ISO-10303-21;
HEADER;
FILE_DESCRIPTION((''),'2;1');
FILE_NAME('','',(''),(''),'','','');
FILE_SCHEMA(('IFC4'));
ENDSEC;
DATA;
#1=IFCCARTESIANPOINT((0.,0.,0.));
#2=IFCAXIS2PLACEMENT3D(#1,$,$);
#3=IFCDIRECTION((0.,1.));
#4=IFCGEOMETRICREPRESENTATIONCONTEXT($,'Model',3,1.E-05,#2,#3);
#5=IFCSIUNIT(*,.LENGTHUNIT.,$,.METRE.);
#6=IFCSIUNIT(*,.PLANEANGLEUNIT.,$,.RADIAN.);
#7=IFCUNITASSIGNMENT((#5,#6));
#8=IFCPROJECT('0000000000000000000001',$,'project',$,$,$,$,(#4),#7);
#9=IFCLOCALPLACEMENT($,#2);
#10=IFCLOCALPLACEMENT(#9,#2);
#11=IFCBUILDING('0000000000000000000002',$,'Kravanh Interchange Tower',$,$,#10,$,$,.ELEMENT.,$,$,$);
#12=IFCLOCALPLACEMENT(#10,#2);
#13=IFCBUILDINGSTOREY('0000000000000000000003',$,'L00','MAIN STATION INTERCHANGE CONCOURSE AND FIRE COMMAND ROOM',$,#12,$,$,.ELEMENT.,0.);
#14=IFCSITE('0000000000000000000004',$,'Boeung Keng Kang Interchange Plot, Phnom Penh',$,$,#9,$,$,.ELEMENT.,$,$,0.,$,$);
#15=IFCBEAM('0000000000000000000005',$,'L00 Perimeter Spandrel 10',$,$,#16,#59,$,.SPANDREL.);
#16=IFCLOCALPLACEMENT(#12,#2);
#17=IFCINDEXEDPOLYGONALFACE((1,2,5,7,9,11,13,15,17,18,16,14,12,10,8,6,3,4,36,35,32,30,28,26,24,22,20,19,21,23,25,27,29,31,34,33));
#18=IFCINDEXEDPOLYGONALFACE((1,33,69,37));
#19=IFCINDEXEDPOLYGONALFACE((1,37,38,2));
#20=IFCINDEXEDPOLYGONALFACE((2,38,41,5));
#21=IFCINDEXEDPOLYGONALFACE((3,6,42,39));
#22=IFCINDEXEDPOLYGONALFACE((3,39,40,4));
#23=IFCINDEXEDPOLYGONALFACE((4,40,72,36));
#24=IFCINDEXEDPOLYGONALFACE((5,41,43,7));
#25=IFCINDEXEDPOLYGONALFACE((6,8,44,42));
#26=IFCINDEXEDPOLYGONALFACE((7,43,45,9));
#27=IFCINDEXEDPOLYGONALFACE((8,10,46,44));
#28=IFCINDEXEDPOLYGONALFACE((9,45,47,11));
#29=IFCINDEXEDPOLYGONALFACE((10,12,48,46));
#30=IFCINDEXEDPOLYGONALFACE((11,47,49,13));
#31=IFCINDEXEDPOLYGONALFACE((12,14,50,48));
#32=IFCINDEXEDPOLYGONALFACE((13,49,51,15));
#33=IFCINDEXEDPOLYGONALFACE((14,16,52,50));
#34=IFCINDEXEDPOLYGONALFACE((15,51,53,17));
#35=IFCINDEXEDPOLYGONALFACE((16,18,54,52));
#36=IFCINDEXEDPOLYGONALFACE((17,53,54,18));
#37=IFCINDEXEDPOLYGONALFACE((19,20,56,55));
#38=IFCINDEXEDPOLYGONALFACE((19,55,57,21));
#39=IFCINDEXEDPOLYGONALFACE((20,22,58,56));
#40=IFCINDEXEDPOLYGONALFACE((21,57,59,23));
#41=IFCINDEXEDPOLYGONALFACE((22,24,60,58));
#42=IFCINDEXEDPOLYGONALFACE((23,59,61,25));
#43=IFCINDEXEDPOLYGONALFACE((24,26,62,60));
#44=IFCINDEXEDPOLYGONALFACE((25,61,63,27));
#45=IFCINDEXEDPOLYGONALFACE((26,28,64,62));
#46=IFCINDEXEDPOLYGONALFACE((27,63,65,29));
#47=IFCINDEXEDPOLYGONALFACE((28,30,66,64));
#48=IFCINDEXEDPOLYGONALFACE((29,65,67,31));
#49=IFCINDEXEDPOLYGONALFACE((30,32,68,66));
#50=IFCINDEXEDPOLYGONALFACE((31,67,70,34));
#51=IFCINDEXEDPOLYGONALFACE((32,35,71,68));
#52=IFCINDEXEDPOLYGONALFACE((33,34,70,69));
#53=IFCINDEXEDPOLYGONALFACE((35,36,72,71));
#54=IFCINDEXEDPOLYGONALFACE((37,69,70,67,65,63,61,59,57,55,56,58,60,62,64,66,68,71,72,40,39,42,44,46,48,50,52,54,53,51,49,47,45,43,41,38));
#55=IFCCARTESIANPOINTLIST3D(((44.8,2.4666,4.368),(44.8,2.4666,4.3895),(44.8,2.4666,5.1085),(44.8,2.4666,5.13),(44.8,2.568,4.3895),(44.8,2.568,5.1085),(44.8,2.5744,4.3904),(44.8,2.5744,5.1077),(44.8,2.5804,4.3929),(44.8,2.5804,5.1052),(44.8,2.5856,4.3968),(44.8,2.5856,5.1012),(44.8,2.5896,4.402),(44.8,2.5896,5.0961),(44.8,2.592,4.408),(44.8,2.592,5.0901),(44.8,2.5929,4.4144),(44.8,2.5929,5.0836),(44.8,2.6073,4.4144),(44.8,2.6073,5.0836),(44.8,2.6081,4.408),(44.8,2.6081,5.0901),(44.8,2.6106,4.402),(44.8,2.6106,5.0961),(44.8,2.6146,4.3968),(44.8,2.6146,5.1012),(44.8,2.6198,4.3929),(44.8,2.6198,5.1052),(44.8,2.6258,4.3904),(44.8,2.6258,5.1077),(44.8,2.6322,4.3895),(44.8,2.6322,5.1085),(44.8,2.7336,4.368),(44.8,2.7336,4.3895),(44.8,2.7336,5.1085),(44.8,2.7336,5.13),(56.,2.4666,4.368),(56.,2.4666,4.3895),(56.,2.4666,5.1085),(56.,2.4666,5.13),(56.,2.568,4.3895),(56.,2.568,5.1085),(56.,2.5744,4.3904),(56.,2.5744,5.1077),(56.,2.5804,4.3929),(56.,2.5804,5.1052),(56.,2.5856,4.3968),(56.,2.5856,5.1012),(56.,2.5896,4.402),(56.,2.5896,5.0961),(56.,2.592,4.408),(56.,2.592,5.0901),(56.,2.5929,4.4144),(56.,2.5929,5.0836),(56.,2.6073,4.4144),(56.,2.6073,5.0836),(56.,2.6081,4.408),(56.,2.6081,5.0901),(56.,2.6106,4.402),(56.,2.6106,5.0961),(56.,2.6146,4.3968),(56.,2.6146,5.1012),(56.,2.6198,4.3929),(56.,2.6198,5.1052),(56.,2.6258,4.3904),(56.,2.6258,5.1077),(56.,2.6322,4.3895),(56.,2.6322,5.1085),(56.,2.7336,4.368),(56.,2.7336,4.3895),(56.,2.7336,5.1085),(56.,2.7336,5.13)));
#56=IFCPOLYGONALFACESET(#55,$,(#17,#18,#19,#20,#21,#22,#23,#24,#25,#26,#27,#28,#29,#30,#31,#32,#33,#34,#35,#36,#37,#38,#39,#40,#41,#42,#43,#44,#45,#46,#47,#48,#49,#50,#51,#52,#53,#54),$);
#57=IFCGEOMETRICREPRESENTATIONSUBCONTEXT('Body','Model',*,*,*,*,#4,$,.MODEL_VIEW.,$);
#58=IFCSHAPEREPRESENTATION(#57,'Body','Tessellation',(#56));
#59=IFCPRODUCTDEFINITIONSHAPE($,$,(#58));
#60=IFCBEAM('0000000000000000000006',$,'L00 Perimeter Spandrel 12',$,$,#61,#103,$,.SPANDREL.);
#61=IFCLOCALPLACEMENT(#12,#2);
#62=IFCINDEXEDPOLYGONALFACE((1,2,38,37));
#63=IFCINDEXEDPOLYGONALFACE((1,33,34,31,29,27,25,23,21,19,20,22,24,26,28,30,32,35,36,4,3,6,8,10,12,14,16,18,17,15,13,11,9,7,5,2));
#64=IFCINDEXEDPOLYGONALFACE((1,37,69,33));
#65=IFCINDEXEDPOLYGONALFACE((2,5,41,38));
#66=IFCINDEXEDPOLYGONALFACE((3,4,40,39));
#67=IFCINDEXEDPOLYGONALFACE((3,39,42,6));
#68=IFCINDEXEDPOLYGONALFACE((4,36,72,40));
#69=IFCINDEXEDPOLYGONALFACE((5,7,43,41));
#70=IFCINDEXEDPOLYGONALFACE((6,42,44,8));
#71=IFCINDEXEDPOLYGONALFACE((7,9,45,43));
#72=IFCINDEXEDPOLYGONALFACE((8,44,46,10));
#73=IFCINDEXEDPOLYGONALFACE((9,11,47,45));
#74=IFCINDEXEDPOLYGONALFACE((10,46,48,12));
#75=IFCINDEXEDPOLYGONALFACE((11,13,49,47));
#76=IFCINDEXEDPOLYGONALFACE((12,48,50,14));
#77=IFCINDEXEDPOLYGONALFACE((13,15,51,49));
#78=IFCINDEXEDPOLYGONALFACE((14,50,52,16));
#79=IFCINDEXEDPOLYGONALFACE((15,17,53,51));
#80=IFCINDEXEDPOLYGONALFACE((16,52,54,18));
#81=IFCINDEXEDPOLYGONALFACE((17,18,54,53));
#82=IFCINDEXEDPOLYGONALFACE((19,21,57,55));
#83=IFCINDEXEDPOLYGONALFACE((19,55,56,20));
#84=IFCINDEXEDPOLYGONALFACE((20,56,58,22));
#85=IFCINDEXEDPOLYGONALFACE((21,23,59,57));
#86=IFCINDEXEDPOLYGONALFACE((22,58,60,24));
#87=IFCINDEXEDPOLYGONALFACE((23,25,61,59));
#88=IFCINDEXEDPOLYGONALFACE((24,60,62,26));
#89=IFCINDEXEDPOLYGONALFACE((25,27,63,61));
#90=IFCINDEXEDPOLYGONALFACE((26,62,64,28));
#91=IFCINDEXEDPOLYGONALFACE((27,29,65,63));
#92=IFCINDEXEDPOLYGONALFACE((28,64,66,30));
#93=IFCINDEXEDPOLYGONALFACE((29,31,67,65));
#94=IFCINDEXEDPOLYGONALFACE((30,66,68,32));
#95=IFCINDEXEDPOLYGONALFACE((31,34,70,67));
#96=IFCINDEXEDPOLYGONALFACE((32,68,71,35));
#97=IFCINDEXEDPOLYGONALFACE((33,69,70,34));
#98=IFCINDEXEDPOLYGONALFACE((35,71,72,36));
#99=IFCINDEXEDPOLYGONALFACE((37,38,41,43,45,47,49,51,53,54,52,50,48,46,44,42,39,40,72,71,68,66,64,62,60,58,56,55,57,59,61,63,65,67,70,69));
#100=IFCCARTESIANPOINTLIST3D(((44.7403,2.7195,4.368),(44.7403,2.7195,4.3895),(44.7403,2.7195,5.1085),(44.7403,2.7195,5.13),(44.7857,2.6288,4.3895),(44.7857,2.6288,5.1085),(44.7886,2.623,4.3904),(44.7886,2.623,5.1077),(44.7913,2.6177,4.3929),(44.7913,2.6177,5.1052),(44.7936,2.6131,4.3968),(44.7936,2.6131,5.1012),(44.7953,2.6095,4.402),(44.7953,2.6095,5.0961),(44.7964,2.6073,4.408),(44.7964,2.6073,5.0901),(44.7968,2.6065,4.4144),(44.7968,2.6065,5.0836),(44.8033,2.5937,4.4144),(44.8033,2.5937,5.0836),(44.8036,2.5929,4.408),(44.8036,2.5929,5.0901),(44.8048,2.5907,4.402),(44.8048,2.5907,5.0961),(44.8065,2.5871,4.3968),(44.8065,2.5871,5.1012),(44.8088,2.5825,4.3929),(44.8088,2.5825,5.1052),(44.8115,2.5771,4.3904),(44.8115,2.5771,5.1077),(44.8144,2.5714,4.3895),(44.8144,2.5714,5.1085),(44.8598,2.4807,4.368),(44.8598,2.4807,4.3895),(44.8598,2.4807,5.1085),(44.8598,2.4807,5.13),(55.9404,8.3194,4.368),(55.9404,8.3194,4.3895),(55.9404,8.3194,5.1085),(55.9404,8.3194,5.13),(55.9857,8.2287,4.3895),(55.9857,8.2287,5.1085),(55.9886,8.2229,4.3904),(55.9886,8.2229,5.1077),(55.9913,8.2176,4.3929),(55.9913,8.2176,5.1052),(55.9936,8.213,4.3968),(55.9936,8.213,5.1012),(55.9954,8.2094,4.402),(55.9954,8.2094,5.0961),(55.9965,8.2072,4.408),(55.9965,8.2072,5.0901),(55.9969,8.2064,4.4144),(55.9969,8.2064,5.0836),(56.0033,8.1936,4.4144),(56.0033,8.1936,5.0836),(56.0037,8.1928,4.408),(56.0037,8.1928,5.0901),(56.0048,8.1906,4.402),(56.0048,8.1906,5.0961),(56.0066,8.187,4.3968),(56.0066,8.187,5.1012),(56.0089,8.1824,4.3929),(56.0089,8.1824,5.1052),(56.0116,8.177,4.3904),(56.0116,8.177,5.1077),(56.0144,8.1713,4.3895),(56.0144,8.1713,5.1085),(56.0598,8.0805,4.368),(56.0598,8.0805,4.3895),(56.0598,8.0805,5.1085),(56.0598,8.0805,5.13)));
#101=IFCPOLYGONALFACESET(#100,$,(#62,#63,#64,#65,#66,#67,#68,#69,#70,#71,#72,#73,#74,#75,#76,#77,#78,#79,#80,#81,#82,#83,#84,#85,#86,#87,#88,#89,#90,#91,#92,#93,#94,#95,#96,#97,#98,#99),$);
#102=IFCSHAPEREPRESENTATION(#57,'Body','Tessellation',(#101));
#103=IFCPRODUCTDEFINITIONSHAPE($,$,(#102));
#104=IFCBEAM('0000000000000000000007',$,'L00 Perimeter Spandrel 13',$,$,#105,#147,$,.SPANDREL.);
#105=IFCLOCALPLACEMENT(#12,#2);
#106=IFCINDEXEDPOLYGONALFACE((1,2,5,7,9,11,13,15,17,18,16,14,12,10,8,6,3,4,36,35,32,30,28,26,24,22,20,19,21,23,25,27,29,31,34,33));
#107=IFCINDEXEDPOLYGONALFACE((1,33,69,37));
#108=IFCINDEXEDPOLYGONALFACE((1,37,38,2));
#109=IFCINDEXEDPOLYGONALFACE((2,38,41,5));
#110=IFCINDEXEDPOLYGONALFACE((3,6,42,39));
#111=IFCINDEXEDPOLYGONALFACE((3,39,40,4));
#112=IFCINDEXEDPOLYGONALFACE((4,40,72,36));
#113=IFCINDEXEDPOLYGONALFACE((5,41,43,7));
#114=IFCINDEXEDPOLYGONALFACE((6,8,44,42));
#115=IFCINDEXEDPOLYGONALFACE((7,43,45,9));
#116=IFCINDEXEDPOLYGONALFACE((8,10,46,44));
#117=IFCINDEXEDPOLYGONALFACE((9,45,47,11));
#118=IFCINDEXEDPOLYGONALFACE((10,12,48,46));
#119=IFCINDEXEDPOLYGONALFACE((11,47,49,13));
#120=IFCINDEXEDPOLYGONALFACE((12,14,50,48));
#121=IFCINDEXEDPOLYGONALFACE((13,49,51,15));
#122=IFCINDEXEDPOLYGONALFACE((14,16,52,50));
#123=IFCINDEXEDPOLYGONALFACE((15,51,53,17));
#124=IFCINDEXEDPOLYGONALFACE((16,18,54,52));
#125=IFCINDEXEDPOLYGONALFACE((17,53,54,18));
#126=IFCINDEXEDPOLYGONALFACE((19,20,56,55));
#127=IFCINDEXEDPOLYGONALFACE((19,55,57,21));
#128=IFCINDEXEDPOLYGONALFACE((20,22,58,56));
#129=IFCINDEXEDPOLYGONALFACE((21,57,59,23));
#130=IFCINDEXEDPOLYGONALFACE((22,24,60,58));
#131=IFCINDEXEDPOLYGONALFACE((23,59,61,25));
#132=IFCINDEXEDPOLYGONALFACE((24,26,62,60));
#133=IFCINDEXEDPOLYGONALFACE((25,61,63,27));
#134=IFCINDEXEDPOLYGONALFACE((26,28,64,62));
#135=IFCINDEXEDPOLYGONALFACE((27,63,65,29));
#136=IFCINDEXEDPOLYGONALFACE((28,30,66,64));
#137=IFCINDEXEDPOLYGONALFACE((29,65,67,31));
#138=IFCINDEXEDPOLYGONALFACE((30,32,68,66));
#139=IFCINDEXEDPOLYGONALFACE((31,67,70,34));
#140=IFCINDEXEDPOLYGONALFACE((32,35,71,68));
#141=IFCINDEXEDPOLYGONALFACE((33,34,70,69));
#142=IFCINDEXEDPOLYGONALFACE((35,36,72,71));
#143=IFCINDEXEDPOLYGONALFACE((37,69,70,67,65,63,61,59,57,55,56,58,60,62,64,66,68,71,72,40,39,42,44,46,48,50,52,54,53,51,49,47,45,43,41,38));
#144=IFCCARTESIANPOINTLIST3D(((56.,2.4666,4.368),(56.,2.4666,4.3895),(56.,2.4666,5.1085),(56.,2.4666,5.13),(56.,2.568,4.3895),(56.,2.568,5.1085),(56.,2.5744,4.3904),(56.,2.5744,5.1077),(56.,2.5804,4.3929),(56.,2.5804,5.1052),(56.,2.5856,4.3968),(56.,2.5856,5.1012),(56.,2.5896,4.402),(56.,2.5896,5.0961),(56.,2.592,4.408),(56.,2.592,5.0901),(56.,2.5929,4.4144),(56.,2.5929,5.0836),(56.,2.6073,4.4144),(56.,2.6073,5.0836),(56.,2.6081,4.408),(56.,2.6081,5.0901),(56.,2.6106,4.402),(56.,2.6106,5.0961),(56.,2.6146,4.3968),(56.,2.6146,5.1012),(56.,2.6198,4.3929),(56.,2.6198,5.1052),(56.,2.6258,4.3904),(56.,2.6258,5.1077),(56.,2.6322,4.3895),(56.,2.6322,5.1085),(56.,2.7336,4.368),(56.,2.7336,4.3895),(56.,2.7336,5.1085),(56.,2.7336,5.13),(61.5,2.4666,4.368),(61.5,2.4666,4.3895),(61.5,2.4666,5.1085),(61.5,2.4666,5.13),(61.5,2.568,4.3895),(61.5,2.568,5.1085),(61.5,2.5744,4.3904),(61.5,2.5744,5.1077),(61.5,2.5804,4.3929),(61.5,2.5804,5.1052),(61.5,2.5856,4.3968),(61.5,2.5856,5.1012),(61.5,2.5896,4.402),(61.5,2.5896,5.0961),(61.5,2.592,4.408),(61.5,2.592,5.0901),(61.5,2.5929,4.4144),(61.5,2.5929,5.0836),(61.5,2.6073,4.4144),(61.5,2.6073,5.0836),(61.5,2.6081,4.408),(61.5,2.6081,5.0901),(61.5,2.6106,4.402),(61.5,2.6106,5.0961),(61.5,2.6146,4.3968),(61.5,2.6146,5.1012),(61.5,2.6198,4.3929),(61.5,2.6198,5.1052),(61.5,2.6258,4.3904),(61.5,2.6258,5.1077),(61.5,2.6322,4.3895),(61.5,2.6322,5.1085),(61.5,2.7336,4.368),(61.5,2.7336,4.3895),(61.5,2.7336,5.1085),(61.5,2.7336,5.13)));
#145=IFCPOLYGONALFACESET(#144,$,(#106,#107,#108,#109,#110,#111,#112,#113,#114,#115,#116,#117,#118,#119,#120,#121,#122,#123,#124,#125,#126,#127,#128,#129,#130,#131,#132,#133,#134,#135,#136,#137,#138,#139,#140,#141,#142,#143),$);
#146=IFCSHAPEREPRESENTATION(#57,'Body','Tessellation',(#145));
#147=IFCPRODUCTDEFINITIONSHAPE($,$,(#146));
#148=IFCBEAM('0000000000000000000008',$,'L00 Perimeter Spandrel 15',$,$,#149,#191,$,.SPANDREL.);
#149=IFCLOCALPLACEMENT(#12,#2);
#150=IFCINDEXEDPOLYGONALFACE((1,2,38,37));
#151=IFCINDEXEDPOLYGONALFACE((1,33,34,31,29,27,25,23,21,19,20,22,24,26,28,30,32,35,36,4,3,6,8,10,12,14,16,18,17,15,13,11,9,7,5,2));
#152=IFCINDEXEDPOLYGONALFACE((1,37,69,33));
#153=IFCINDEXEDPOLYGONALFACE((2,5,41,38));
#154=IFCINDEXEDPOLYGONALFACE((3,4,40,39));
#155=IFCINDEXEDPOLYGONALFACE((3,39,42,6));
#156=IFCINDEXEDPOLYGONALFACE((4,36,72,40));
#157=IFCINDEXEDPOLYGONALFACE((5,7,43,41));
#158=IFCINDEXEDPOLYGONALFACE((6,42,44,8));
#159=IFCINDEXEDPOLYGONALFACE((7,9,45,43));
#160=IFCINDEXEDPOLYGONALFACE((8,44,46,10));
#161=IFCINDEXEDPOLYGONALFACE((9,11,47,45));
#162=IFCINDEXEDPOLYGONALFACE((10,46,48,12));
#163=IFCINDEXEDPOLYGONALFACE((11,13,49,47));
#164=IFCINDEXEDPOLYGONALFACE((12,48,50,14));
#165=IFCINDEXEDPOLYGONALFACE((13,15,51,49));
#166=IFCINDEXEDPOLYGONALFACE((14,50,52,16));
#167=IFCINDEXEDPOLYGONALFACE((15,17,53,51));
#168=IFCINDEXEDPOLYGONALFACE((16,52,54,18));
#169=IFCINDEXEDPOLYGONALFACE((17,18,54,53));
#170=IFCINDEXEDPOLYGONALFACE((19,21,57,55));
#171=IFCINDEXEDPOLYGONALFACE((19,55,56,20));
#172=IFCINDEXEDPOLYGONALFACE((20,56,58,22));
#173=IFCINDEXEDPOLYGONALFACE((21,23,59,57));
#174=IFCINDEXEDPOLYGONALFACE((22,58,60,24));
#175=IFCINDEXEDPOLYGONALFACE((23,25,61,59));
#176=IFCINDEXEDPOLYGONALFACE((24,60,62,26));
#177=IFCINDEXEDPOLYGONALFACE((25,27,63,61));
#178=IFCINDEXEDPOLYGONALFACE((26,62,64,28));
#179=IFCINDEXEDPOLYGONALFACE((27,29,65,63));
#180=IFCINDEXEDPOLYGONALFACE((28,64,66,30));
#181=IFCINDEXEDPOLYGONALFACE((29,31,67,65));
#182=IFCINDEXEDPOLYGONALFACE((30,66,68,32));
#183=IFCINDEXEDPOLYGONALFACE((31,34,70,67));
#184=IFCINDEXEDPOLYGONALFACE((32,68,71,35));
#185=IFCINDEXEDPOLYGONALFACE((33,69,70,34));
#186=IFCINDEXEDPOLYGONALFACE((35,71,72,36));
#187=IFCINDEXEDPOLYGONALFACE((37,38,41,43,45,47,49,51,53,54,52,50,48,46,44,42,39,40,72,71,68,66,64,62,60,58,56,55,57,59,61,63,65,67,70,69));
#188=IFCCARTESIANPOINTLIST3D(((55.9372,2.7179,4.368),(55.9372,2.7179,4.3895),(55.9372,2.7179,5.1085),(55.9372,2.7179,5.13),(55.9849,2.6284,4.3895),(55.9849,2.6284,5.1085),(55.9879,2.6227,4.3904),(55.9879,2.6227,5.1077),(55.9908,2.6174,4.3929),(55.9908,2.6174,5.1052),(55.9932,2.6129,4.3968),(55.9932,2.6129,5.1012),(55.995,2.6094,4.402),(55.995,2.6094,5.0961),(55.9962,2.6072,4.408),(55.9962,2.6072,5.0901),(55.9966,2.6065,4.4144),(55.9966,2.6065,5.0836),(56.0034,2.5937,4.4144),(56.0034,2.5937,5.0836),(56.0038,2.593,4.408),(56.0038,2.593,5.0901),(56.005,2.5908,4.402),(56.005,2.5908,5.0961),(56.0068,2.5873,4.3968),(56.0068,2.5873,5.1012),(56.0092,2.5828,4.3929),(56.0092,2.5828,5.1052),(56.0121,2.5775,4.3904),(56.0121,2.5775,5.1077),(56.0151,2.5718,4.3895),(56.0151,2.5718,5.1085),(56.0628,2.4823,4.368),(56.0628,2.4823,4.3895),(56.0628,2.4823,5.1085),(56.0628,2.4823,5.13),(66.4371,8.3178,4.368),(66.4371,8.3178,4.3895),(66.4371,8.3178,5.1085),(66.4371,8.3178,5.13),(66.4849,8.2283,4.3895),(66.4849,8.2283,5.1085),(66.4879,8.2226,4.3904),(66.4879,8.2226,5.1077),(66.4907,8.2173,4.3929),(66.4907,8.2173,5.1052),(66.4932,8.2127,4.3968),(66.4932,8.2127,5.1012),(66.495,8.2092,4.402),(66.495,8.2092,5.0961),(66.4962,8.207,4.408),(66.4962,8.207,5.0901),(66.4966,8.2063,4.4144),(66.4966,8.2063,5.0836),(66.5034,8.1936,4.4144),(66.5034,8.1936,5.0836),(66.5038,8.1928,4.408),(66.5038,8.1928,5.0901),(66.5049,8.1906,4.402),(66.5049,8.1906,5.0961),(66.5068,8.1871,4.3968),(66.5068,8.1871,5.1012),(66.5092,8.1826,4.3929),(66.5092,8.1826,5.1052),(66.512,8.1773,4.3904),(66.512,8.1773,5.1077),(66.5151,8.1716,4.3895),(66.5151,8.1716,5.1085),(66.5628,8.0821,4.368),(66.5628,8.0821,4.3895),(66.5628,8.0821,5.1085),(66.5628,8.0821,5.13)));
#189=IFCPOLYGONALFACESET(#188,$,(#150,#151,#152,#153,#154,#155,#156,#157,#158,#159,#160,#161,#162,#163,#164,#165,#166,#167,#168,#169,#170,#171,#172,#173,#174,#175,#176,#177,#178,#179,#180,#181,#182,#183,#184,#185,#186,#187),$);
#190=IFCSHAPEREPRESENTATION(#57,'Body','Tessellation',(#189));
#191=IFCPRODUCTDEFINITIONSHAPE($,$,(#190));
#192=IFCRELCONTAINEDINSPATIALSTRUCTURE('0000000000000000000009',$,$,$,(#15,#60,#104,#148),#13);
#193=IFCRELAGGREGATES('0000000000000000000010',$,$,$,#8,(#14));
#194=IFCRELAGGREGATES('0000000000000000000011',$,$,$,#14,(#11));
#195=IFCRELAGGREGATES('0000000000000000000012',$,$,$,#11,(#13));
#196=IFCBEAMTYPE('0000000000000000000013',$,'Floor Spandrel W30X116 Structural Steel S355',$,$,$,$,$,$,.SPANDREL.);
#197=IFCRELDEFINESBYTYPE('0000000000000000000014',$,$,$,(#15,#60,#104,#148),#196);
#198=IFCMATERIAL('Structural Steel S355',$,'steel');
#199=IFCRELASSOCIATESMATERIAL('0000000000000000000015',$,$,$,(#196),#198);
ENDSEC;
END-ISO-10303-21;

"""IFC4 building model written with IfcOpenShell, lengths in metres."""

from ifc_helpers import new_model, si_unit, direction, frame, origin, origin_2d, place, context, subcontext, project, spatial, i_section, extrude, material, material_profile, profile_set, type_object, element, save


model = new_model("IFC4")

# Units and contexts
model_context = context("Model", 3, precision=1e-05, world=origin(), true_north=direction((0.0, 1.0)))
body_context = subcontext(model_context, "Body", "Model", "MODEL_VIEW")
ifc_project = project(units=[si_unit("LENGTHUNIT", "METRE"), si_unit("PLANEANGLEUNIT", "RADIAN")], contexts=[model_context])

# Site, building, storey
site_placement = place(None, origin())
site = spatial("IfcSite", under=ifc_project, at=site_placement, Name="Boeung Keng Kang Interchange Plot, Phnom Penh", CompositionType="ELEMENT", RefElevation=0.0)
building_placement = place(site_placement, origin())
building = spatial("IfcBuilding", under=site, at=building_placement, Name="Kravanh Interchange Tower", CompositionType="ELEMENT")
storey_placement = place(building_placement, origin())
storey = spatial("IfcBuildingStorey", under=building, at=storey_placement, Name="L00", Description="MAIN STATION INTERCHANGE CONCOURSE AND FIRE COMMAND ROOM", CompositionType="ELEMENT", Elevation=0.0)

# Beams
ifc_material_1 = material(Name="Structural Steel S355", Category="steel")
ifc_material_profile_1 = material_profile(ifc_material_1, i_section(OverallWidth=0.2671, OverallDepth=0.762, WebThickness=0.0144, FlangeThickness=0.0215, FilletRadius=0.0249, at=origin_2d()), Name="W30X116")
ifc_profile_set_1 = profile_set([ifc_material_profile_1], Name="Structural Steel S355")
beam_type_1 = type_object("IfcBeamType", Name="Floor Spandrel W30X116 Structural Steel S355", PredefinedType="SPANDREL", material=ifc_profile_set_1)
beam_1_placement = place(storey_placement, frame((44.8, 2.6001, 4.749), z_axis=(1.0, 0.0, 0.0), x_axis=(0.0, 1.0, 0.0)))
element("IfcBeam", 1, at=beam_1_placement, inside=storey, type_object=beam_type_1, Name="L00 Perimeter Spandrel 10", PredefinedType="SPANDREL", context=body_context, shape_type="SweptSolid", body=[
    extrude(i_section(OverallWidth=0.2671, OverallDepth=0.762, WebThickness=0.0144, FlangeThickness=0.0215, FilletRadius=0.0249, at=origin_2d()), origin(), (0.0, 0.0, 1.0), 11.2),
])
beam_2_placement = place(storey_placement, frame((44.8, 2.6001, 4.749), z_axis=(0.894431, 0.447206, 0.0), x_axis=(-0.447206, 0.894431, 0.0)))
element("IfcBeam", 2, at=beam_2_placement, inside=storey, type_object=beam_type_1, Name="L00 Perimeter Spandrel 12", PredefinedType="SPANDREL", context=body_context, shape_type="SweptSolid", body=[
    extrude(i_section(OverallWidth=0.2671, OverallDepth=0.762, WebThickness=0.0144, FlangeThickness=0.0215, FilletRadius=0.0249, at=origin_2d()), origin(), (0.0, 0.0, 1.0), 12.522),
])
beam_3_placement = place(storey_placement, frame((56.0, 2.6001, 4.749), z_axis=(1.0, 0.0, 0.0), x_axis=(0.0, 1.0, 0.0)))
element("IfcBeam", 3, at=beam_3_placement, inside=storey, type_object=beam_type_1, Name="L00 Perimeter Spandrel 13", PredefinedType="SPANDREL", context=body_context, shape_type="SweptSolid", body=[
    extrude(i_section(OverallWidth=0.2671, OverallDepth=0.762, WebThickness=0.0144, FlangeThickness=0.0215, FilletRadius=0.0249, at=origin_2d()), origin(), (0.0, 0.0, 1.0), 5.5),
])
beam_4_placement = place(storey_placement, frame((56.0, 2.6001, 4.749), z_axis=(0.882358, 0.470579, 0.0), x_axis=(-0.470579, 0.882358, 0.0)))
element("IfcBeam", 4, at=beam_4_placement, inside=storey, type_object=beam_type_1, Name="L00 Perimeter Spandrel 15", PredefinedType="SPANDREL", context=body_context, shape_type="SweptSolid", body=[
    extrude(i_section(OverallWidth=0.2671, OverallDepth=0.762, WebThickness=0.0144, FlangeThickness=0.0215, FilletRadius=0.0249, at=origin_2d()), origin(), (0.0, 0.0, 1.0), 11.8999),
])

save(model, "model.ifc")
